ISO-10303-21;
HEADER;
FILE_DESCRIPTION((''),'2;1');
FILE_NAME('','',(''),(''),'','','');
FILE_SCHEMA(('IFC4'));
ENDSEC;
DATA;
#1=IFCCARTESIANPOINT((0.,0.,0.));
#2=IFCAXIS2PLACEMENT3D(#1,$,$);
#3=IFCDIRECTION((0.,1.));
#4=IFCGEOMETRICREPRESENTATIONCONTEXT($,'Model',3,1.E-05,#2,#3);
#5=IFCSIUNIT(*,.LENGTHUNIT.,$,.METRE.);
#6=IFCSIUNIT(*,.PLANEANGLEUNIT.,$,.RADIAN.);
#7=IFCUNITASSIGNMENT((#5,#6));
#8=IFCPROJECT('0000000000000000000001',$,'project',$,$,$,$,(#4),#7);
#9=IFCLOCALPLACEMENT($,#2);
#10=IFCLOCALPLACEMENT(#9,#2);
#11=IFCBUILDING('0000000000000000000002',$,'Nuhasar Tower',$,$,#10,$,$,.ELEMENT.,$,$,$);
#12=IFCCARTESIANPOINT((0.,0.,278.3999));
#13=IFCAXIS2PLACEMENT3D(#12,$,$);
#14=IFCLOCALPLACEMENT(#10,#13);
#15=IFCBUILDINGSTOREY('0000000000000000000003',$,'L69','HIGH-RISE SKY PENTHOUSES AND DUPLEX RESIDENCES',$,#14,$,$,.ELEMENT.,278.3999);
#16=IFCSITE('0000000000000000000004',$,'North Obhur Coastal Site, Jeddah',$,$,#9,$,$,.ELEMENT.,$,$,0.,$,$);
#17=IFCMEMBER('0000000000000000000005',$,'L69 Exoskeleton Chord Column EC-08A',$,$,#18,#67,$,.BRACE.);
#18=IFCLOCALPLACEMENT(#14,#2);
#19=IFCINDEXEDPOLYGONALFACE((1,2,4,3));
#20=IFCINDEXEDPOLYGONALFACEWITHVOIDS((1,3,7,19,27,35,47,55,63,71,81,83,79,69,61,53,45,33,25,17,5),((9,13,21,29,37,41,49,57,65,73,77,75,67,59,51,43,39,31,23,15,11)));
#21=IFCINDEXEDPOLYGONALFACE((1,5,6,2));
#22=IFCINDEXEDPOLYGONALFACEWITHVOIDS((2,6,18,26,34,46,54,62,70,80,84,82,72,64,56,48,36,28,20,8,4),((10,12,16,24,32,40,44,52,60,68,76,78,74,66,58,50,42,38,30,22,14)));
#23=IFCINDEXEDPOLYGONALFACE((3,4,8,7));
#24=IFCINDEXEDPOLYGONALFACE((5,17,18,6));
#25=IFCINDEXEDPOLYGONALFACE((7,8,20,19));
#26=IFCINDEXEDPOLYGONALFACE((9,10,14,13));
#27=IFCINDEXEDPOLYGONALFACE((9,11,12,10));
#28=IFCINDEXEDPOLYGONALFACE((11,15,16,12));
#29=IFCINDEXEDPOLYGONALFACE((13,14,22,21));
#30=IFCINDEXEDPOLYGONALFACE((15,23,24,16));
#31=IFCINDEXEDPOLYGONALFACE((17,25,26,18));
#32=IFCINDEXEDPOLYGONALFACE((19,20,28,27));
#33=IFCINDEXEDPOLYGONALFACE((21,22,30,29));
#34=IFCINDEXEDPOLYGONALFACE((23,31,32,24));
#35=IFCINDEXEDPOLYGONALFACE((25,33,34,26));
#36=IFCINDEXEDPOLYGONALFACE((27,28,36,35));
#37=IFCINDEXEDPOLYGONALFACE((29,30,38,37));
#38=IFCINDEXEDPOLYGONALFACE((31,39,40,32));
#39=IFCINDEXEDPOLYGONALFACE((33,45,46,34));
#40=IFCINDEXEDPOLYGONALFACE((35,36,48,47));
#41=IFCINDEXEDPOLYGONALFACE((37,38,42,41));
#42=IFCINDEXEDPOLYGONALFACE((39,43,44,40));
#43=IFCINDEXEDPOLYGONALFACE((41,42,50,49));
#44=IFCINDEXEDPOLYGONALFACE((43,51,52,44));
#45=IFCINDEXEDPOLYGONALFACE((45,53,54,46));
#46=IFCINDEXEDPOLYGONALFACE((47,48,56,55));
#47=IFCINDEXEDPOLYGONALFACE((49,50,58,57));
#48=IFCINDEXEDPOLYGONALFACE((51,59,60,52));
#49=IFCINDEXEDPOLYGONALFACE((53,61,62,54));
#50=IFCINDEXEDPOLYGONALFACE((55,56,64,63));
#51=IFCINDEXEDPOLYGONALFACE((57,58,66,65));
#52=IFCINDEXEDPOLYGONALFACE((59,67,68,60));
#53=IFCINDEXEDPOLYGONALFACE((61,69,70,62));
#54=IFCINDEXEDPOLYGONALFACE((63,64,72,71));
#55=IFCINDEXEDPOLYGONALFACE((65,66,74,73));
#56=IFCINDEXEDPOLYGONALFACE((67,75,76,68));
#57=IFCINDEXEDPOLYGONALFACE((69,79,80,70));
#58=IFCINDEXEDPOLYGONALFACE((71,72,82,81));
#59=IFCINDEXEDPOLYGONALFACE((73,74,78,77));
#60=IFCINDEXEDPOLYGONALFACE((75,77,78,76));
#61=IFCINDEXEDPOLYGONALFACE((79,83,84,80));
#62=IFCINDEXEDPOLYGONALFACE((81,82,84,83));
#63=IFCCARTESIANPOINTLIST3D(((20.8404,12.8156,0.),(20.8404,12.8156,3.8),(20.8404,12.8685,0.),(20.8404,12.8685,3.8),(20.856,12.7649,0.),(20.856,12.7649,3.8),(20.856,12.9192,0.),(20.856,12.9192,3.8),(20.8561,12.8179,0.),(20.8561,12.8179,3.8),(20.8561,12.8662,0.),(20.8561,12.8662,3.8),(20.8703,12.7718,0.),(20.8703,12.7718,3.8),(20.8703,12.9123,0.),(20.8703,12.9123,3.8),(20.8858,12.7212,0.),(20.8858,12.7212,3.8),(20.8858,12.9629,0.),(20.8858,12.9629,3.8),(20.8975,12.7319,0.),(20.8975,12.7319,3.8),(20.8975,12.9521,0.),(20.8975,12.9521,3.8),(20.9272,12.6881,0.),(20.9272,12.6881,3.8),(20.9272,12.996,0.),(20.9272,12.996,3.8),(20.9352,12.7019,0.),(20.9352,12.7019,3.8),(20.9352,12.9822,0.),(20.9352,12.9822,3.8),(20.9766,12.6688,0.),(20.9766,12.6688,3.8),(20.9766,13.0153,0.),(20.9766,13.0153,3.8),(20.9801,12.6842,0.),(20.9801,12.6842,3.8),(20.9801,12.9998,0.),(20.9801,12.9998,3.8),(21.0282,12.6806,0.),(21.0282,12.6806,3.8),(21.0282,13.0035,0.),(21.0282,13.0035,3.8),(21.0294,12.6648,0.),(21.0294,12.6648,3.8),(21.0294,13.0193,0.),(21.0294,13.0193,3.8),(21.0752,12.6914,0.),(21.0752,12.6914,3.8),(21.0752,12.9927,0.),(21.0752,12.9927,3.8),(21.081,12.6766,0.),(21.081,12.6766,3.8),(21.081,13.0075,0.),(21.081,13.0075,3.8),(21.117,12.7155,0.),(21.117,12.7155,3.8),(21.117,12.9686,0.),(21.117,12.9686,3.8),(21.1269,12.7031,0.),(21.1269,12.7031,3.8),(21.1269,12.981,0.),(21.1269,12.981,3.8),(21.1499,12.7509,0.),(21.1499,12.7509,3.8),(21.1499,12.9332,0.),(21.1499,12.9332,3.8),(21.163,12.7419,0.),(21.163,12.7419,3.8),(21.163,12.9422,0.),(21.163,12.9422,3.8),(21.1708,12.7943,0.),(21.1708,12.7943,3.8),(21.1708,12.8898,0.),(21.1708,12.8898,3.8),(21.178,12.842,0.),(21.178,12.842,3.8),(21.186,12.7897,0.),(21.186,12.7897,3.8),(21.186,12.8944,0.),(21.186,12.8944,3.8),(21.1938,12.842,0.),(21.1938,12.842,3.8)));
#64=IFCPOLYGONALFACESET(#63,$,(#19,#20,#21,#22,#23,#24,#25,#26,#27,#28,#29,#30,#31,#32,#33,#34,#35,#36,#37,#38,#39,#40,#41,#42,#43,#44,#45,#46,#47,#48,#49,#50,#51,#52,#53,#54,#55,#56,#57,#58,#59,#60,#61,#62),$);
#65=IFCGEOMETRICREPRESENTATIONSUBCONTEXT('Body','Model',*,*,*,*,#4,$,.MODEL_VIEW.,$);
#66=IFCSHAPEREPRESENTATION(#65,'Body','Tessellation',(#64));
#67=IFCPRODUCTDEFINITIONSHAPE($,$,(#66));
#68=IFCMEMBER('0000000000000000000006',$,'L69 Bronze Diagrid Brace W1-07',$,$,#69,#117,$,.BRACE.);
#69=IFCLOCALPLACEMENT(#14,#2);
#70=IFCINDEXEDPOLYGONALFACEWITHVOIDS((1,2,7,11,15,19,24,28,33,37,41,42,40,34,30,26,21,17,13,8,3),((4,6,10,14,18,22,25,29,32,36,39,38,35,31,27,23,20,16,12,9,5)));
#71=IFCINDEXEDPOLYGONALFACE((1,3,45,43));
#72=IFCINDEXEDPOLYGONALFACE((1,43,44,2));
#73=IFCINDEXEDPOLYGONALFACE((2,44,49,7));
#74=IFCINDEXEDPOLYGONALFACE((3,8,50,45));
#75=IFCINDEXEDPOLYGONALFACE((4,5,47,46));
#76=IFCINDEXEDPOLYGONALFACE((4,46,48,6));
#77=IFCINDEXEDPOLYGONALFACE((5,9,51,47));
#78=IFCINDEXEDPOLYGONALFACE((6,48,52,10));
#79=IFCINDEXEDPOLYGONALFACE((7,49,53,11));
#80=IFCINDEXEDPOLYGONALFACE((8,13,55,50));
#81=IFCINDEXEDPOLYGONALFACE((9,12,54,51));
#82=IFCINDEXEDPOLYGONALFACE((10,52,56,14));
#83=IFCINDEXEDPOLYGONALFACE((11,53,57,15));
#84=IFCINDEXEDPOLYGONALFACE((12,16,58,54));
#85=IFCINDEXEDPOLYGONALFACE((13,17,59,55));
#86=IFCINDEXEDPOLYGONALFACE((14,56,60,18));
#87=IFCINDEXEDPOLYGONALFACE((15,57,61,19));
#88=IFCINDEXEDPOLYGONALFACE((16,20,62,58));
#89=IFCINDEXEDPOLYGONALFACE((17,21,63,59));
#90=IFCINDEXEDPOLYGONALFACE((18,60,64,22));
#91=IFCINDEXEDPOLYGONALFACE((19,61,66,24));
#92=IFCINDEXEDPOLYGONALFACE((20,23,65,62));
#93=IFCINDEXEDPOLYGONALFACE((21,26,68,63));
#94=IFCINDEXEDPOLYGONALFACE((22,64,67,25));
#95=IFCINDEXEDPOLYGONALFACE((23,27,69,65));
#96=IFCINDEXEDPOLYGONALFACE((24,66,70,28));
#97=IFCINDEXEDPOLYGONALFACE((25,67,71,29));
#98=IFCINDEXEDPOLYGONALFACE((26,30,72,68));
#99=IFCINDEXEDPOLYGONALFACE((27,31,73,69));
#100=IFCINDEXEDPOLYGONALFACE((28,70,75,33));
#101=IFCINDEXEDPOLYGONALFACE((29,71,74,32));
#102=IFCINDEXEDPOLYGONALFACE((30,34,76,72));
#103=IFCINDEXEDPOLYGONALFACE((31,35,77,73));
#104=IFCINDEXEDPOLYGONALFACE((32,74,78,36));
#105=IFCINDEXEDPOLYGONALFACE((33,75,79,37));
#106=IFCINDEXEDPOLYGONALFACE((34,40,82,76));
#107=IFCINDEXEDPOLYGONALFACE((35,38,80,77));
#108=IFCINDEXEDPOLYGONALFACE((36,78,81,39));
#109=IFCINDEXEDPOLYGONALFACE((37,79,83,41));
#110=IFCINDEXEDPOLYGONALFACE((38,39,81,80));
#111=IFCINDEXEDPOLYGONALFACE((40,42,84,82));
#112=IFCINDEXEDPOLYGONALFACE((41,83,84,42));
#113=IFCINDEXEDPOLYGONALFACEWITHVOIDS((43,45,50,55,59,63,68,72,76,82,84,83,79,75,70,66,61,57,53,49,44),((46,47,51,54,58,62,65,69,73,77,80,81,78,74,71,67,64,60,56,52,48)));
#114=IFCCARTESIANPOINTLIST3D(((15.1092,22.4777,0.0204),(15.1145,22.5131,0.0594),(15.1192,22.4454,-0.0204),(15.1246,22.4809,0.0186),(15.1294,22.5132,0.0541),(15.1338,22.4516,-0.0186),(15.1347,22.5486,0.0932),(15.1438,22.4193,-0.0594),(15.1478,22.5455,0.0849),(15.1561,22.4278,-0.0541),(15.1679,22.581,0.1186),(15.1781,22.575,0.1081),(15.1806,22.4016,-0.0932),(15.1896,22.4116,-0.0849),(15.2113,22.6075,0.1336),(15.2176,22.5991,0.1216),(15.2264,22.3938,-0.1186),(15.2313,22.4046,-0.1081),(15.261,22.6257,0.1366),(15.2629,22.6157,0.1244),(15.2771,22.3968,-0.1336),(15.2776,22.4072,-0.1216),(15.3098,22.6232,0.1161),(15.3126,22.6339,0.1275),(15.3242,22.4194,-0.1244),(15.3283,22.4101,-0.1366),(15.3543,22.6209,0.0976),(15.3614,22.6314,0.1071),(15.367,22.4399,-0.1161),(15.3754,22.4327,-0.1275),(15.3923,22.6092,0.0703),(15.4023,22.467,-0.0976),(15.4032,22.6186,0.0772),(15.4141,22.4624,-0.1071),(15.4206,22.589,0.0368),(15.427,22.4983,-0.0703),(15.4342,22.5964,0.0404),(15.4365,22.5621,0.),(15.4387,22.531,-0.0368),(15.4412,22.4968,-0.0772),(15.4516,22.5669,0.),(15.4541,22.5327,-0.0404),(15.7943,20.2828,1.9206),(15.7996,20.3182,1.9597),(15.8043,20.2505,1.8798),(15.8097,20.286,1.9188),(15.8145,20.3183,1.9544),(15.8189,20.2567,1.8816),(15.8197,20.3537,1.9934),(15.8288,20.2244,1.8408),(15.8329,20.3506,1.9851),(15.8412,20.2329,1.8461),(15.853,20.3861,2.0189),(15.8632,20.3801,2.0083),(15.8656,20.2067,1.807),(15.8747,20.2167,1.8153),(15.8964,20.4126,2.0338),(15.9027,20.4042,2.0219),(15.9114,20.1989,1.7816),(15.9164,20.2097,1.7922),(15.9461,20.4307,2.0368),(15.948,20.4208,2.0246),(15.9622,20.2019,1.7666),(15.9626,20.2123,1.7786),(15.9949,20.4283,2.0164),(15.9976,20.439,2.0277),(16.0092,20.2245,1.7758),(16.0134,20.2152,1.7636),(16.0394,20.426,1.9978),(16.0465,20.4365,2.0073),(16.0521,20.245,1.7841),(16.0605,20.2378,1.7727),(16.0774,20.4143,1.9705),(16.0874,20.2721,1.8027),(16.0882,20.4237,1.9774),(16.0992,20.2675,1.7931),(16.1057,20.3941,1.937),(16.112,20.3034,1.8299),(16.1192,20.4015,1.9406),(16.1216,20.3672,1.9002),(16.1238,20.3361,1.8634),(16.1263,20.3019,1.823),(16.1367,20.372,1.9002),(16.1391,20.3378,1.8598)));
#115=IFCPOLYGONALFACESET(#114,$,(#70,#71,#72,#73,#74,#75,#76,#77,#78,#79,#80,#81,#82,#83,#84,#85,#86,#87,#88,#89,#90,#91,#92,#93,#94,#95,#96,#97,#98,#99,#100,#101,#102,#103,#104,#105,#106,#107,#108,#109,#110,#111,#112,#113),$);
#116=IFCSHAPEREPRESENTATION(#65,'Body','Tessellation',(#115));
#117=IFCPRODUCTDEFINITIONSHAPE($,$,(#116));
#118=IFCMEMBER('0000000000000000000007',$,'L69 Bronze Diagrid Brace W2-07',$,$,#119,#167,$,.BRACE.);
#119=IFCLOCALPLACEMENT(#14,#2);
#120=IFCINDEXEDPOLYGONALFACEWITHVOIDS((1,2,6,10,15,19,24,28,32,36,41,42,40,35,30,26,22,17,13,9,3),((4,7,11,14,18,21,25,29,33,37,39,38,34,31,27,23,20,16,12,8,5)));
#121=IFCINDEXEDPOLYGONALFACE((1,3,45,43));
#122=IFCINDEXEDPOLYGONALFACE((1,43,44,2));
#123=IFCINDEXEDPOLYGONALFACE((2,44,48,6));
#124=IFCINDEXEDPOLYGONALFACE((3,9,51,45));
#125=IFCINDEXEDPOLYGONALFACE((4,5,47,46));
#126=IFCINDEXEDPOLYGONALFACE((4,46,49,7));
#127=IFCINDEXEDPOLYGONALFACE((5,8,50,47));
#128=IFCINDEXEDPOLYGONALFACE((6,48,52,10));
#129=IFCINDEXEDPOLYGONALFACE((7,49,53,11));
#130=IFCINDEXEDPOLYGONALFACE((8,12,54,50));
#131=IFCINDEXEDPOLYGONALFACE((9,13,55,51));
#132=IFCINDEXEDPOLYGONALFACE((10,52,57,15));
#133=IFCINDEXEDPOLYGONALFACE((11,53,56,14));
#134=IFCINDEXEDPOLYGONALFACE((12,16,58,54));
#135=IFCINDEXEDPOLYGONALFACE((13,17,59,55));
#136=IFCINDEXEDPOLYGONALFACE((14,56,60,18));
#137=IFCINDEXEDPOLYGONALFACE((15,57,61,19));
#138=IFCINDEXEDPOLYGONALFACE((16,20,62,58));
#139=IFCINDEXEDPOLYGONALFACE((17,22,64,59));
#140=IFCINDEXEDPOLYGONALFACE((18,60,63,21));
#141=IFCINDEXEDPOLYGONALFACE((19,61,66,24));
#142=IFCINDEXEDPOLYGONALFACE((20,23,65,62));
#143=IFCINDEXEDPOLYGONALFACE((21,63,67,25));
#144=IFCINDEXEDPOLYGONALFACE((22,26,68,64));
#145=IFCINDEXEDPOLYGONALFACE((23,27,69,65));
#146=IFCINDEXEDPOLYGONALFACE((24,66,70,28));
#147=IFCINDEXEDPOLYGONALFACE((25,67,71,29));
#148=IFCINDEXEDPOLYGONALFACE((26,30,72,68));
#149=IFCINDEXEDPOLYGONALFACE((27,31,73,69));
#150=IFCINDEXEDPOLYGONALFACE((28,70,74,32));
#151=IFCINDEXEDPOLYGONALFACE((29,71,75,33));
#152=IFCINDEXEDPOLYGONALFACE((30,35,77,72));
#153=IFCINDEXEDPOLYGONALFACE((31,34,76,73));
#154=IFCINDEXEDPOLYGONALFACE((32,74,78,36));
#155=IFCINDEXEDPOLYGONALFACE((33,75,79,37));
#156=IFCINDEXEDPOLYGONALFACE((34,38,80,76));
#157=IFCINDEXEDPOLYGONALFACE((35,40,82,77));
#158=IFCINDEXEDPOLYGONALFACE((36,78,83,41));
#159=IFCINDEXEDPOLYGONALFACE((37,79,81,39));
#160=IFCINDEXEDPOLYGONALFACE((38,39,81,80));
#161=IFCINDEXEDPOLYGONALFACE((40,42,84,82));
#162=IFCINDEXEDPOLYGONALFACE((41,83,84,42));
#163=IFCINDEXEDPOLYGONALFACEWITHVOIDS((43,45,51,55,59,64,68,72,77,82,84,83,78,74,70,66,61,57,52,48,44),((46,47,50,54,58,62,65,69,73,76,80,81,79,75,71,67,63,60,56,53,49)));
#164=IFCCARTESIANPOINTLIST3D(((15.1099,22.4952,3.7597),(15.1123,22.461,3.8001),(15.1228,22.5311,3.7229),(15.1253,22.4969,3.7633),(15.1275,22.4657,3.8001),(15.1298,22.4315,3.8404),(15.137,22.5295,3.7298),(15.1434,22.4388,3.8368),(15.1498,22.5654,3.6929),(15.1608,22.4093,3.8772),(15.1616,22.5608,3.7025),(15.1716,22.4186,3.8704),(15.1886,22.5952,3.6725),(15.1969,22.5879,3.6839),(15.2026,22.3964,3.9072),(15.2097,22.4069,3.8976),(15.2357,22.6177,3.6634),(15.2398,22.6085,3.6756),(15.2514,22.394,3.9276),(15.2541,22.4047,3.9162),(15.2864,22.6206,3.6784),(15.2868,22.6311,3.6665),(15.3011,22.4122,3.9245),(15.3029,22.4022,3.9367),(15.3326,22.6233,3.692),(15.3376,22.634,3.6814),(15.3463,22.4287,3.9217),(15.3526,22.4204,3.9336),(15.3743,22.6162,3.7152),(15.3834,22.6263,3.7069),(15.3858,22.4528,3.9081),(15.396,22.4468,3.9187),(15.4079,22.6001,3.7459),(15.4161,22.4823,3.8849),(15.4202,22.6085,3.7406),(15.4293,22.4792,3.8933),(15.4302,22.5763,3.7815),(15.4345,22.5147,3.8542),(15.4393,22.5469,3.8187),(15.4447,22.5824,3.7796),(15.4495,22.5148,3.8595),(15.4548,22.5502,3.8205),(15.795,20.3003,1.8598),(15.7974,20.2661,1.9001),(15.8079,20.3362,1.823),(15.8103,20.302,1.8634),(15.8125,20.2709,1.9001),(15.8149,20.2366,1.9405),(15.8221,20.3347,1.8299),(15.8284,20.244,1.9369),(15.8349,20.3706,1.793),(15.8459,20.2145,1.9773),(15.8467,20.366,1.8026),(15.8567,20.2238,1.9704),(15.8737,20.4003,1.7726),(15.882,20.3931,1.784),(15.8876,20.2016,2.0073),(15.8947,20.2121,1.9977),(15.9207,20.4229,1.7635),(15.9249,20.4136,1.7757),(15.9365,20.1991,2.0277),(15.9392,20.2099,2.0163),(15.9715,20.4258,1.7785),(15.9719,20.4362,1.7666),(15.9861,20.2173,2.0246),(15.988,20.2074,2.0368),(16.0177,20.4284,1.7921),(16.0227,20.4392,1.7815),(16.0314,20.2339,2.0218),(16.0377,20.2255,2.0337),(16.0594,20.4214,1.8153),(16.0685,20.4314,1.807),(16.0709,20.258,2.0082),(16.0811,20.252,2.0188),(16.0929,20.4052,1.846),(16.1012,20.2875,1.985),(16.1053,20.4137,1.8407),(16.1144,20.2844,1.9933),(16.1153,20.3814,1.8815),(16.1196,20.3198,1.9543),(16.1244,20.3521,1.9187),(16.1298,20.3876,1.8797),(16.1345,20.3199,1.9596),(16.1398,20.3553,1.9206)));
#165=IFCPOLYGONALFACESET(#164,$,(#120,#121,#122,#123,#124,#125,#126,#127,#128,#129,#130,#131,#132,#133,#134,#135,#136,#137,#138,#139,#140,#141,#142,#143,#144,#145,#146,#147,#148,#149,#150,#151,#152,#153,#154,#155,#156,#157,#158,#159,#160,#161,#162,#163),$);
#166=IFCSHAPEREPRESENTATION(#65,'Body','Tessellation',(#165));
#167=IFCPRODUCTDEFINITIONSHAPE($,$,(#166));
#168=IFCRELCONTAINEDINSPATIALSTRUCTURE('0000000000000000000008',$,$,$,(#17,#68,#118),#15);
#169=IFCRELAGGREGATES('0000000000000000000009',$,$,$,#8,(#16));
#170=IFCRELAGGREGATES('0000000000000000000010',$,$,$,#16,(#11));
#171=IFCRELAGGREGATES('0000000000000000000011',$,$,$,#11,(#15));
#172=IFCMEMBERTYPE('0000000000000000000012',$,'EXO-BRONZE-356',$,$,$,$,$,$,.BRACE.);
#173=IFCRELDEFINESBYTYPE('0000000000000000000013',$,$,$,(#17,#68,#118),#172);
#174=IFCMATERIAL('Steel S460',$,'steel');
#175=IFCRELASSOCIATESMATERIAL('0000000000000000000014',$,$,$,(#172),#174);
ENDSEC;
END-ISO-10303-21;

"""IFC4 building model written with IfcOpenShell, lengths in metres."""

from ifc_helpers import new_model, si_unit, direction, frame, origin, origin_2d, place, context, subcontext, project, spatial, hollow_circle, extrude, material, material_profile, profile_set, type_object, element, save


model = new_model("IFC4")

# Units and contexts
model_context = context("Model", 3, precision=1e-05, world=origin(), true_north=direction((0.0, 1.0)))
body_context = subcontext(model_context, "Body", "Model", "MODEL_VIEW")
ifc_project = project(units=[si_unit("LENGTHUNIT", "METRE"), si_unit("PLANEANGLEUNIT", "RADIAN")], contexts=[model_context])

# Site, building, storey
site_placement = place(None, origin())
site = spatial("IfcSite", under=ifc_project, at=site_placement, Name="North Obhur Coastal Site, Jeddah", CompositionType="ELEMENT", RefElevation=0.0)
building_placement = place(site_placement, origin())
building = spatial("IfcBuilding", under=site, at=building_placement, Name="Nuhasar Tower", CompositionType="ELEMENT")
storey_placement = place(building_placement, frame((0.0, 0.0, 278.3999)))
storey = spatial("IfcBuildingStorey", under=building, at=storey_placement, Name="L69", Description="HIGH-RISE SKY PENTHOUSES AND DUPLEX RESIDENCES", CompositionType="ELEMENT", Elevation=278.3999)

# Members
ifc_material_1 = material(Name="Steel S460", Category="steel")
ifc_material_profile_1 = material_profile(ifc_material_1, hollow_circle(Radius=0.1777, WallThickness=0.0159, at=origin_2d()), Name="HSS355.6X15.9")
ifc_profile_set_1 = profile_set([ifc_material_profile_1], Name="Steel S460")
member_type_1 = type_object("IfcMemberType", Name="EXO-BRONZE-356", PredefinedType="BRACE", material=ifc_profile_set_1)
for number, where, z_axis, x_axis, name in (
    (1, (21.0161, 12.842, 0.0), (0.0, 0.0, 1.0), (1.0, 0.0, 0.0), "L69 Exoskeleton Chord Column EC-08A"),
):
    element("IfcMember", number, at=place(storey_placement, frame(where, z_axis=z_axis, x_axis=x_axis)), inside=storey, type_object=member_type_1, Name=name, PredefinedType="BRACE", context=body_context, shape_type="SweptSolid", body=[
        extrude(hollow_circle(Radius=0.1777, WallThickness=0.0159, at=origin_2d()), origin(), (0.0, 0.0, 1.0), 3.8),
    ])
member_1_placement = place(storey_placement, frame((15.282, 22.5139, 0.0), z_axis=(0.229669, -0.735826, 0.637034), x_axis=(0.954582, 0.297948, 0.0)))
element("IfcMember", 2, at=member_1_placement, inside=storey, type_object=member_type_1, Name="L69 Bronze Diagrid Brace W1-07", PredefinedType="BRACE", context=body_context, shape_type="SweptSolid", body=[
    extrude(hollow_circle(Radius=0.1777, WallThickness=0.0159, at=origin_2d()), origin(), (0.0, 0.0, 1.0), 2.9829),
])
member_2_placement = place(storey_placement, frame((15.967, 20.3191, 1.9001), z_axis=(-0.229681, 0.735864, 0.636985), x_axis=(-0.954582, -0.297948, 0.0)))
element("IfcMember", 3, at=member_2_placement, inside=storey, type_object=member_type_1, Name="L69 Bronze Diagrid Brace W2-07", PredefinedType="BRACE", context=body_context, shape_type="SweptSolid", body=[
    extrude(hollow_circle(Radius=0.1777, WallThickness=0.0159, at=origin_2d()), origin(), (0.0, 0.0, 1.0), 2.9827),
])

save(model, "model.ifc")
